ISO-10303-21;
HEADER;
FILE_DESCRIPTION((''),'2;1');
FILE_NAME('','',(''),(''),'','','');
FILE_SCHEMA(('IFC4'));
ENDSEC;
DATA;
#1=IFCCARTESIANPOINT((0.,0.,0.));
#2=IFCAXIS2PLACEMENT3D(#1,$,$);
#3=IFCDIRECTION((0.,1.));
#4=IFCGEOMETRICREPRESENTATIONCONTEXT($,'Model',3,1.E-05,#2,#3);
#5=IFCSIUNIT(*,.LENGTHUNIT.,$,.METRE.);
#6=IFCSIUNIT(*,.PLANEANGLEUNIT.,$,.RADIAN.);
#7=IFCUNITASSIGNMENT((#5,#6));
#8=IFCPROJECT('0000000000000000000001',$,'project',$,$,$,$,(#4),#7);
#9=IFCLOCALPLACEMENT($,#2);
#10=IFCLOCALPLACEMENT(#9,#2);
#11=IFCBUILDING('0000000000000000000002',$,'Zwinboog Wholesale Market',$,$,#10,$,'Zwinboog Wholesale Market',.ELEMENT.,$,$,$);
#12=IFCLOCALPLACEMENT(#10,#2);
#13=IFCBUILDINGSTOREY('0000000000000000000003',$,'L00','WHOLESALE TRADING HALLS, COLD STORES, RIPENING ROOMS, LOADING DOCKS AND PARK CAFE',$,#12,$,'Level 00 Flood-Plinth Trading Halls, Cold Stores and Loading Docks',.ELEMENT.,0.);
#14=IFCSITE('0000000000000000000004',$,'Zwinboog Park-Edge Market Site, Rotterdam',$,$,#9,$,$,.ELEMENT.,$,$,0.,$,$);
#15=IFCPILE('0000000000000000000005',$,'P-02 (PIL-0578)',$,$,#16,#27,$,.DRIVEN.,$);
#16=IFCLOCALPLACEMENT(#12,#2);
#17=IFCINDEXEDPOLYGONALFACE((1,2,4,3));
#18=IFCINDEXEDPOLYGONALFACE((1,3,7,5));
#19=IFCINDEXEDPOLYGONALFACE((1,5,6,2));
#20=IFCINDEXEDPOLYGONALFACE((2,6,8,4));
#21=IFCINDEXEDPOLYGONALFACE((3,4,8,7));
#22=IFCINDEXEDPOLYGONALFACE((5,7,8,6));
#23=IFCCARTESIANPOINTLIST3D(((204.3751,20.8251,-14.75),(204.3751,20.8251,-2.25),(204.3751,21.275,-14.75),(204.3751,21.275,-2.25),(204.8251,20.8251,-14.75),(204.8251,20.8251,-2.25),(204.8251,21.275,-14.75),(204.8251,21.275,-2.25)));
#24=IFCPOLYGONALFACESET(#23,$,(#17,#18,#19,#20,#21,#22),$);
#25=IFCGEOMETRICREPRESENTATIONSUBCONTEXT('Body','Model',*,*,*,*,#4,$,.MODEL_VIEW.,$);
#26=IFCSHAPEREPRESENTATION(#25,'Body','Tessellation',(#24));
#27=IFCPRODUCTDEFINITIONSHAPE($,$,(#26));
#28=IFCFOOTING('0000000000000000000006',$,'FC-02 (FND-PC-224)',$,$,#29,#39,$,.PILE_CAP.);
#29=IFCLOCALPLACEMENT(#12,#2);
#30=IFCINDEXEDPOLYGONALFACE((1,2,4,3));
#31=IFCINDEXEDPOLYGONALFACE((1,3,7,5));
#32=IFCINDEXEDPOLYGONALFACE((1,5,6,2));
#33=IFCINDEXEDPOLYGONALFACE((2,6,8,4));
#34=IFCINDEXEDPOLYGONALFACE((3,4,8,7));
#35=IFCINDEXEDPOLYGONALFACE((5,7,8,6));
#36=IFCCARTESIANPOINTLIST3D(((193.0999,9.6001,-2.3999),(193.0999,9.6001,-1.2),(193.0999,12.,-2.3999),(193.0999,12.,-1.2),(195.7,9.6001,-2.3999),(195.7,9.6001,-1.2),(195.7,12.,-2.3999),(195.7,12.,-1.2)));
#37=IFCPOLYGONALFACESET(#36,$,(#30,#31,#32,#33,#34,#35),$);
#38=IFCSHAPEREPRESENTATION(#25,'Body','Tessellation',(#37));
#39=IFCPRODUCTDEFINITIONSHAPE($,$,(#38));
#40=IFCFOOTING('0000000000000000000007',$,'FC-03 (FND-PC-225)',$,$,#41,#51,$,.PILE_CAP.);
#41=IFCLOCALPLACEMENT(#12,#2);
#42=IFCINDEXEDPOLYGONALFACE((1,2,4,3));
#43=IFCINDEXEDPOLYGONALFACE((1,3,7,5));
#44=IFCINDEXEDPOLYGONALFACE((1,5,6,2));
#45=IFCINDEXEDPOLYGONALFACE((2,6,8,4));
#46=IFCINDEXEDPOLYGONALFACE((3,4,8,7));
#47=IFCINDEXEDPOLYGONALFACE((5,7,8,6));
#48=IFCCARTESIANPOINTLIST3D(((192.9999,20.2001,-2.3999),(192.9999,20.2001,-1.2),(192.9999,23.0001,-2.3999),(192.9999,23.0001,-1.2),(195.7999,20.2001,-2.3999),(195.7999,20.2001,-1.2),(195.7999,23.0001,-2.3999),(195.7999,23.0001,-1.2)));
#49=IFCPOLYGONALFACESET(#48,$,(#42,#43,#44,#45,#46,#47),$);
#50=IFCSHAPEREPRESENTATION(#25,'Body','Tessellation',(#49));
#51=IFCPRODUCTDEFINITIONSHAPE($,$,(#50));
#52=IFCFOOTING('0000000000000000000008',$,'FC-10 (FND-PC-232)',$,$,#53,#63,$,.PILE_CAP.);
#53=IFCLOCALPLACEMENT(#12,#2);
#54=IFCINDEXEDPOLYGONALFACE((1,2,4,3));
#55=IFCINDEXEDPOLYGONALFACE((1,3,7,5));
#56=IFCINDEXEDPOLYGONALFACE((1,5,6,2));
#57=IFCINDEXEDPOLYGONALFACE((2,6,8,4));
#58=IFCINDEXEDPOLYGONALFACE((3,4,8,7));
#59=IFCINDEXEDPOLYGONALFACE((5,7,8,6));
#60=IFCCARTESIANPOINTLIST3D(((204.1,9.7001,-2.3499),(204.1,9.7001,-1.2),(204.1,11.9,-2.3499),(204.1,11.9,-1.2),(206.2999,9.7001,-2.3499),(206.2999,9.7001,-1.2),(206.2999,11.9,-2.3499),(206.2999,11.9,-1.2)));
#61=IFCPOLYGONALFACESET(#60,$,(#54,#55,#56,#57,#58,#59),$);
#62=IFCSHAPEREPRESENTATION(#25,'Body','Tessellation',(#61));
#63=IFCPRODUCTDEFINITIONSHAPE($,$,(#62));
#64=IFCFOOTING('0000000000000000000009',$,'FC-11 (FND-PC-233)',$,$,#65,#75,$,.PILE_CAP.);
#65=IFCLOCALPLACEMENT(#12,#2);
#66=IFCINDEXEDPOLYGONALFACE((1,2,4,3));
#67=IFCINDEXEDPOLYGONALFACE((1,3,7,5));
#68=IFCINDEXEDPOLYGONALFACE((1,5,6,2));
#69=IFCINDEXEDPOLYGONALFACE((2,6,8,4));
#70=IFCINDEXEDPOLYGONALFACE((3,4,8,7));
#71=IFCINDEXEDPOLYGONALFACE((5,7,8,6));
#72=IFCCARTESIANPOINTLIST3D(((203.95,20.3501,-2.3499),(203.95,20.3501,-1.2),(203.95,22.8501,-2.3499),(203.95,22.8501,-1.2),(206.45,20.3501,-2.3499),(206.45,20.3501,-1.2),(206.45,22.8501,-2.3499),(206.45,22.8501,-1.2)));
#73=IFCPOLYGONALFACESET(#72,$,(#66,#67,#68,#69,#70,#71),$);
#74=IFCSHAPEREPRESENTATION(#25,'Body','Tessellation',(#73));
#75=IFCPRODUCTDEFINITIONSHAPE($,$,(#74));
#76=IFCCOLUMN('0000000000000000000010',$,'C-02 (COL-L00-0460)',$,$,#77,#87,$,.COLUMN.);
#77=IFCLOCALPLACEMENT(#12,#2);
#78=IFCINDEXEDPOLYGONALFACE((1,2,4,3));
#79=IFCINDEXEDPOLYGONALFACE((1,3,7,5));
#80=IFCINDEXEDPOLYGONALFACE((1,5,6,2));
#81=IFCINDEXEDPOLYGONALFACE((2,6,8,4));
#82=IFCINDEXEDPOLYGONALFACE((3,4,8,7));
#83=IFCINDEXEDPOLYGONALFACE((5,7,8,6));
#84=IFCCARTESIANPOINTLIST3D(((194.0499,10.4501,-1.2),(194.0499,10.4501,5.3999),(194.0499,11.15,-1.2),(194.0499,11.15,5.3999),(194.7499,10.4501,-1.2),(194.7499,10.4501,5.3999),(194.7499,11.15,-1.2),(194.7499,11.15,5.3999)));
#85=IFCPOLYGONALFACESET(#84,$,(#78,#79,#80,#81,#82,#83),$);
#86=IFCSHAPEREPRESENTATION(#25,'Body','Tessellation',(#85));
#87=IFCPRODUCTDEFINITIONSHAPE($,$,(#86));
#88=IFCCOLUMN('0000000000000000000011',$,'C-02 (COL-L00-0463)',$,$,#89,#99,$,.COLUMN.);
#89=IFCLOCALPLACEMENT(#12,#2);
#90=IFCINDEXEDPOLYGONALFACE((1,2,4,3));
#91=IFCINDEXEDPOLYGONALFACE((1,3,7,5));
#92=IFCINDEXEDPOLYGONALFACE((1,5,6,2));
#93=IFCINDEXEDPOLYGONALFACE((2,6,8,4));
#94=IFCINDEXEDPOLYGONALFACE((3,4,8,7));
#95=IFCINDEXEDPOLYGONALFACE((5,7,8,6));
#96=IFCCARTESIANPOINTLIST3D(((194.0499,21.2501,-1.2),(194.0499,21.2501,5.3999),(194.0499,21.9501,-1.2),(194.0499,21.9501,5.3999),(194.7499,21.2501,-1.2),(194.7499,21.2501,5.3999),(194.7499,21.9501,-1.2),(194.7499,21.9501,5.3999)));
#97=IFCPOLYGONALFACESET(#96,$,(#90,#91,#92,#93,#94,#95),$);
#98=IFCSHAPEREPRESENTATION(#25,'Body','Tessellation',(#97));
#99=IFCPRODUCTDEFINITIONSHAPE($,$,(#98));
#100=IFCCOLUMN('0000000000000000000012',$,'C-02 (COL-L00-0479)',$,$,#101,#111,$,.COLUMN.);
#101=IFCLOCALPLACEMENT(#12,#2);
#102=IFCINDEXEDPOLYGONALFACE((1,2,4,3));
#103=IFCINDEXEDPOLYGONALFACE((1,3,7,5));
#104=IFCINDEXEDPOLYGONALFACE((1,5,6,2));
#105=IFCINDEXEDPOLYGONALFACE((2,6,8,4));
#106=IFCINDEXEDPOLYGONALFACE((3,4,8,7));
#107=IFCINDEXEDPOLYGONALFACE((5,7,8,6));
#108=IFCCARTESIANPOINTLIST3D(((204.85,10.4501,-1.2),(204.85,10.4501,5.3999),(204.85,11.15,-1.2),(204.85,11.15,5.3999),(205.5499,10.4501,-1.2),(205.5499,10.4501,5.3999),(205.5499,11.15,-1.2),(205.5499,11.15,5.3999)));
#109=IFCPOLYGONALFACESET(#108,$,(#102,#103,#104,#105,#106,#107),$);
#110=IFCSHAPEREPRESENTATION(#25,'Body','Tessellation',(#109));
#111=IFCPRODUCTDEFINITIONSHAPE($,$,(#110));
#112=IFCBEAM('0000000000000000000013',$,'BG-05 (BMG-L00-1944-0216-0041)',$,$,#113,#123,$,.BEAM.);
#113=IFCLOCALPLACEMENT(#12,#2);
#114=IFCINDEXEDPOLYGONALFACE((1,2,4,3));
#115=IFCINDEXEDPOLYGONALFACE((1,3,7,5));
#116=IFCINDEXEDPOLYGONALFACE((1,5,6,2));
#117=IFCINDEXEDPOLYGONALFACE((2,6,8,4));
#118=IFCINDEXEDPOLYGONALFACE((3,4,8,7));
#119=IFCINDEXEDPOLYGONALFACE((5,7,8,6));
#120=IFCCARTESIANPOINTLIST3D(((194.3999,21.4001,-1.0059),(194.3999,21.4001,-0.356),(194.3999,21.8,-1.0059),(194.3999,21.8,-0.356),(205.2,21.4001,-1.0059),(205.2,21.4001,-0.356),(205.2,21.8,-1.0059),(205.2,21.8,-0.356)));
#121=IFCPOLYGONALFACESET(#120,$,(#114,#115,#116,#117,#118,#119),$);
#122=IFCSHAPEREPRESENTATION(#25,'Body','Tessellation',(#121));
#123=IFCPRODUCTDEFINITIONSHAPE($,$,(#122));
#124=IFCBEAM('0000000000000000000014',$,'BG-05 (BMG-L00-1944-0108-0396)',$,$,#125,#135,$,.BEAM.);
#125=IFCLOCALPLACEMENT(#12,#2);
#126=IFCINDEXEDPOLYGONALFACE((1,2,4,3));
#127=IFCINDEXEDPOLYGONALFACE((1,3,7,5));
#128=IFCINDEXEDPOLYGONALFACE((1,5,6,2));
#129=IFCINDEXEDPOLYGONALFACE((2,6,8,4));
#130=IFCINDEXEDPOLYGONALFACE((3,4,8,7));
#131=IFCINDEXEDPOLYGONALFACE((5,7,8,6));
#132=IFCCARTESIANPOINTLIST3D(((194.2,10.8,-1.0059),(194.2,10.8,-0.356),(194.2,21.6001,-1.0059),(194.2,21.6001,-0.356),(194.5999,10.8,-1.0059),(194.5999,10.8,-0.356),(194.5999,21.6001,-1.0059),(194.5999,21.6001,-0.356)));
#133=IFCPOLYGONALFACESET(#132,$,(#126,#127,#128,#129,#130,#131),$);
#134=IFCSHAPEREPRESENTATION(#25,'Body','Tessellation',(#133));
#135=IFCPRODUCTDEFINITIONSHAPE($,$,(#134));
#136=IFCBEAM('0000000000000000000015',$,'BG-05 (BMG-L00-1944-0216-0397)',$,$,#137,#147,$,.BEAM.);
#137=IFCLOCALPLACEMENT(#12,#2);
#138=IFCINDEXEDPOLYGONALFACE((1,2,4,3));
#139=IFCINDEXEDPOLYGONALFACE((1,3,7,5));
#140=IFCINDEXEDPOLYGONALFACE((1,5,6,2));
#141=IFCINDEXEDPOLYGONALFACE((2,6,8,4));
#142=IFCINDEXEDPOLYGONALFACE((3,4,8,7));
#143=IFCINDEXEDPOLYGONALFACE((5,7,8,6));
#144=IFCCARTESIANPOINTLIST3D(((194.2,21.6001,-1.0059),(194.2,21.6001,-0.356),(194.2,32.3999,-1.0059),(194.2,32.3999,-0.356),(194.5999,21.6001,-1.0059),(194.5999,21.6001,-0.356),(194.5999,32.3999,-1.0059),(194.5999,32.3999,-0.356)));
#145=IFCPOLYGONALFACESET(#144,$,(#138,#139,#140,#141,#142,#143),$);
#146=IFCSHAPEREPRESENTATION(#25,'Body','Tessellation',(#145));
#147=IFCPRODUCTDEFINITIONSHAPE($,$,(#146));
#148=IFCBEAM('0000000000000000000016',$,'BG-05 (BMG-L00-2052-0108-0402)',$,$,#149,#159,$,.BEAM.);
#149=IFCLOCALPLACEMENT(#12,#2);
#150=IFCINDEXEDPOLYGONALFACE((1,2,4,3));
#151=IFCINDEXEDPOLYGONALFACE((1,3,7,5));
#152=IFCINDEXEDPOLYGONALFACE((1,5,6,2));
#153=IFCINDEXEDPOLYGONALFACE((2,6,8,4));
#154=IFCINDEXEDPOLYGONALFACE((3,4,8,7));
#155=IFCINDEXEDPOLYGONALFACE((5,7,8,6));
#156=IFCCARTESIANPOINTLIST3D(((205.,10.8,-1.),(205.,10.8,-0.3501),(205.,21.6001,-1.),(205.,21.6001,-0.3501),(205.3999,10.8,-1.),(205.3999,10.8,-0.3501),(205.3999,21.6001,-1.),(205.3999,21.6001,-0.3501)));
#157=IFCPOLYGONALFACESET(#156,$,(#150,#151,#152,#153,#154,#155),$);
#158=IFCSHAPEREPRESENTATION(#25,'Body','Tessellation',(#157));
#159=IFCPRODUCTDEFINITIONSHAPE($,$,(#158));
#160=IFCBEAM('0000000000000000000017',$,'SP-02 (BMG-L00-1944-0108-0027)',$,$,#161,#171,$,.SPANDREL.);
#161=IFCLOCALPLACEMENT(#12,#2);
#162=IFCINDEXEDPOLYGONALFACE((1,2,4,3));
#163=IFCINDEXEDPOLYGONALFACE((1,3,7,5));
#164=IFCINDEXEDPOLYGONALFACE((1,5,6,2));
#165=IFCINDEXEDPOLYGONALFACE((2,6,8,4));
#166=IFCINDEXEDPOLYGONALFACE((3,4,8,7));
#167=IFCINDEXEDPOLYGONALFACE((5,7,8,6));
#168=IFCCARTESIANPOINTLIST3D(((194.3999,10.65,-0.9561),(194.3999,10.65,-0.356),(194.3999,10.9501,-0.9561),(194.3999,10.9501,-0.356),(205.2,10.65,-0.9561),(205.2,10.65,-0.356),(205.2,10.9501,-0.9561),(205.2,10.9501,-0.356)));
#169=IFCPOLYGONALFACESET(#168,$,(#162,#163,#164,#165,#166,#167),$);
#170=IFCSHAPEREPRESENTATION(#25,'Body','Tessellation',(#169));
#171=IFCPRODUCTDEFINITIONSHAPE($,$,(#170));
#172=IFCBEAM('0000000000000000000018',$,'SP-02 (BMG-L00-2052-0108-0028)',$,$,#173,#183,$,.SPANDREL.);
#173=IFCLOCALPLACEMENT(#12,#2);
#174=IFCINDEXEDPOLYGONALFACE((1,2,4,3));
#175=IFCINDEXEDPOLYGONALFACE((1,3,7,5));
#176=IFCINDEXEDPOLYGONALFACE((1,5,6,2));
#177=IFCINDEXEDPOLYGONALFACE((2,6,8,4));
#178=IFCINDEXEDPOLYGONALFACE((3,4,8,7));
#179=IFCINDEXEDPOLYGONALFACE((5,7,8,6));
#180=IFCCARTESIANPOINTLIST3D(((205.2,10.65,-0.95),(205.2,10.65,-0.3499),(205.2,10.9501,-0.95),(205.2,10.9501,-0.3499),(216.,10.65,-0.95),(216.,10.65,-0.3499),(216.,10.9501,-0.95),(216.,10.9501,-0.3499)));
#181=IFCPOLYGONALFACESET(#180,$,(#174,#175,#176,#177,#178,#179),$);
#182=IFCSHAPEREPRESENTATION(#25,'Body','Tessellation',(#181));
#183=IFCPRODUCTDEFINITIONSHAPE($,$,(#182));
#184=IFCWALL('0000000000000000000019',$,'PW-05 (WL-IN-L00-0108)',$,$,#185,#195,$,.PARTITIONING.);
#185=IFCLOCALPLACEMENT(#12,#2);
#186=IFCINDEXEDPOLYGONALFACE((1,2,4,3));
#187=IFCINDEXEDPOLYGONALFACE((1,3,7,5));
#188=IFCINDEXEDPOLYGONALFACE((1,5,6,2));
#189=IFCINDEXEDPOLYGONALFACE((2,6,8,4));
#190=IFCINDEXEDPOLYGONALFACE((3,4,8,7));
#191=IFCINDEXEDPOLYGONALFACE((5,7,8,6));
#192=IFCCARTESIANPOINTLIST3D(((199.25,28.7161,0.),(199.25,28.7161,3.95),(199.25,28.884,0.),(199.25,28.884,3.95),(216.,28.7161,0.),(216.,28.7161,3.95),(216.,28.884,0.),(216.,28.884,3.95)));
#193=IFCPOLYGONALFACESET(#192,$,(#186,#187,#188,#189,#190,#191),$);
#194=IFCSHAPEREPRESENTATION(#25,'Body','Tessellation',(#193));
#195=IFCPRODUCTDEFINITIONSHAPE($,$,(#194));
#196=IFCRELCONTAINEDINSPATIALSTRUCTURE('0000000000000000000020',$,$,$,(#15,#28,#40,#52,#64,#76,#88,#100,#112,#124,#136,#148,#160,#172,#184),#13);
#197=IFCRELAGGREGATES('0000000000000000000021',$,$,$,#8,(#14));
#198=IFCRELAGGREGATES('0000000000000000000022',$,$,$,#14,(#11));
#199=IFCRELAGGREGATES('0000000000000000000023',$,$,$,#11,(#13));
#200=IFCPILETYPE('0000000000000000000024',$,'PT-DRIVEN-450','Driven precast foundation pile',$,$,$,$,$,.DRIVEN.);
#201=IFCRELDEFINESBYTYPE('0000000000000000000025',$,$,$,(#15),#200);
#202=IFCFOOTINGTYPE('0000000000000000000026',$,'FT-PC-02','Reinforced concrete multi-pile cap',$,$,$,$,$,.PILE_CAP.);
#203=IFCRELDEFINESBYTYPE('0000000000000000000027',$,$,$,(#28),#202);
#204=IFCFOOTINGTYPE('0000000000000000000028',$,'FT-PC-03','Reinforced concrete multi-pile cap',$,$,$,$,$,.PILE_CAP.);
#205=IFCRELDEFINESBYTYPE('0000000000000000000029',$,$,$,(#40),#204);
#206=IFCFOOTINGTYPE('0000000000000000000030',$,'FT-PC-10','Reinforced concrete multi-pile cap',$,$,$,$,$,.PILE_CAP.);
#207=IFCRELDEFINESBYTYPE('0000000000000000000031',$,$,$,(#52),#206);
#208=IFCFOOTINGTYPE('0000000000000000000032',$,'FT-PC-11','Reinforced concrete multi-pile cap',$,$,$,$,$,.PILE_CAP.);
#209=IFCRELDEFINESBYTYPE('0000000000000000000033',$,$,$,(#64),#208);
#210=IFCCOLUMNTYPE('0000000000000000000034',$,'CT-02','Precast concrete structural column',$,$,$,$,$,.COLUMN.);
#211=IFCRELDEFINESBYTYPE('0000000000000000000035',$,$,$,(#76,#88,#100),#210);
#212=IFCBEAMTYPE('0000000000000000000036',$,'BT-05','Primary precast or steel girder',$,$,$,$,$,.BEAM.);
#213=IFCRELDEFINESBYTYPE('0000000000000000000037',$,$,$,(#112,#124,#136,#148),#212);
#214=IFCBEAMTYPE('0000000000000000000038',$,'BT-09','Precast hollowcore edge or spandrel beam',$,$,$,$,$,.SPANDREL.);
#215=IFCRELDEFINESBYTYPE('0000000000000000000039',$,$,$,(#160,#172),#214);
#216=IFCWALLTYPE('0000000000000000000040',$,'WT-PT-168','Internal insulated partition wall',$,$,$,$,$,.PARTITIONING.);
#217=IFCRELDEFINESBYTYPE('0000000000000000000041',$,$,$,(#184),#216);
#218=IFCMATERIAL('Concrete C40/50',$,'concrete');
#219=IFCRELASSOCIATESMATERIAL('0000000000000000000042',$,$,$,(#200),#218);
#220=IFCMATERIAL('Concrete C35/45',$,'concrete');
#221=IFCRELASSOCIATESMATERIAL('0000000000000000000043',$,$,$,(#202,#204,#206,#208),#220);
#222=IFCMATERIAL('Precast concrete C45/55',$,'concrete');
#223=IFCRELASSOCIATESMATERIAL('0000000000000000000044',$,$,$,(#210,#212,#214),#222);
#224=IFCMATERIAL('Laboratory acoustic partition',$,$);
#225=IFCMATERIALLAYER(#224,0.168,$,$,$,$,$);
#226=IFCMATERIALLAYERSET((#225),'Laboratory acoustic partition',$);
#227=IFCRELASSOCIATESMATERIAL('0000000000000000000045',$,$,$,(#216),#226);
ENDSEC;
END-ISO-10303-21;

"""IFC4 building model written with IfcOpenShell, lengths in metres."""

from ifc_helpers import new_model, si_unit, direction, frame, frame_2d, origin, origin_2d, place, context, subcontext, project, spatial, rectangle, extrude, material, layer, layer_set, material_profile, profile_set, type_object, element, save


model = new_model("IFC4")

# Units and contexts
model_context = context("Model", 3, precision=1e-05, world=origin(), true_north=direction((0.0, 1.0)))
body_context = subcontext(model_context, "Body", "Model", "MODEL_VIEW")
ifc_project = project(units=[si_unit("LENGTHUNIT", "METRE"), si_unit("PLANEANGLEUNIT", "RADIAN")], contexts=[model_context])

# Site, building, storey
site_placement = place(None, origin())
site = spatial("IfcSite", under=ifc_project, at=site_placement, Name="Zwinboog Park-Edge Market Site, Rotterdam", CompositionType="ELEMENT", RefElevation=0.0)
building_placement = place(site_placement, origin())
building = spatial("IfcBuilding", under=site, at=building_placement, Name="Zwinboog Wholesale Market", LongName="Zwinboog Wholesale Market", CompositionType="ELEMENT")
storey_placement = place(building_placement, origin())
storey = spatial("IfcBuildingStorey", under=building, at=storey_placement, Name="L00", Description="WHOLESALE TRADING HALLS, COLD STORES, RIPENING ROOMS, LOADING DOCKS AND PARK CAFE", LongName="Level 00 Flood-Plinth Trading Halls, Cold Stores and Loading Docks", CompositionType="ELEMENT", Elevation=0.0)

# Pile
ifc_material_1 = material(Name="Concrete C40/50", Category="concrete")
ifc_material_profile_1 = material_profile(ifc_material_1, rectangle(XDim=0.45, YDim=0.45, at=origin_2d()), Name="PILE SQ450")
ifc_profile_set_1 = profile_set([ifc_material_profile_1], Name="Concrete C40/50")
pile_type_1 = type_object("IfcPileType", Name="PT-DRIVEN-450", Description="Driven precast foundation pile", PredefinedType="DRIVEN", material=ifc_profile_set_1)
for number, where, z_axis, x_axis, name in (
    (1, (204.6001, 21.05, -2.25), (0.0, 0.0, -1.0), (1.0, 0.0, 0.0), "P-02 (PIL-0578)"),
):
    element("IfcPile", number, at=place(storey_placement, frame(where, z_axis=z_axis, x_axis=x_axis)), inside=storey, type_object=pile_type_1, Name=name, PredefinedType="DRIVEN", context=body_context, shape_type="SweptSolid", body=[
        extrude(rectangle(XDim=0.45, YDim=0.45, at=origin_2d()), origin(), (0.0, 0.0, 1.0), 12.5),
    ])

# Footings
ifc_material_2 = material(Name="Concrete C35/45", Category="concrete")
footing_type_1 = type_object("IfcFootingType", Name="FT-PC-02", Description="Reinforced concrete multi-pile cap", PredefinedType="PILE_CAP", material=ifc_material_2)
footing_1_placement = place(storey_placement, frame((194.3999, 10.8, -2.3999), z_axis=(0.0, 0.0, 1.0), x_axis=(1.0, 0.0, 0.0)))
element("IfcFooting", 2, at=footing_1_placement, inside=storey, type_object=footing_type_1, Name="FC-02 (FND-PC-224)", PredefinedType="PILE_CAP", context=body_context, shape_type="SweptSolid", body=[
    extrude(rectangle(XDim=2.6001, YDim=2.3999, at=origin_2d()), origin(), (0.0, 0.0, 1.0), 1.2),
])
footing_type_2 = type_object("IfcFootingType", Name="FT-PC-03", Description="Reinforced concrete multi-pile cap", PredefinedType="PILE_CAP", material=ifc_material_2)
footing_2_placement = place(storey_placement, frame((194.3999, 21.6001, -2.3999), z_axis=(0.0, 0.0, 1.0), x_axis=(1.0, 0.0, 0.0)))
element("IfcFooting", 3, at=footing_2_placement, inside=storey, type_object=footing_type_2, Name="FC-03 (FND-PC-225)", PredefinedType="PILE_CAP", context=body_context, shape_type="SweptSolid", body=[
    extrude(rectangle(XDim=2.8, YDim=2.8, at=origin_2d()), origin(), (0.0, 0.0, 1.0), 1.2),
])
footing_type_3 = type_object("IfcFootingType", Name="FT-PC-10", Description="Reinforced concrete multi-pile cap", PredefinedType="PILE_CAP", material=ifc_material_2)
footing_3_placement = place(storey_placement, frame((205.2, 10.8, -2.3499), z_axis=(0.0, 0.0, 1.0), x_axis=(1.0, 0.0, 0.0)))
element("IfcFooting", 4, at=footing_3_placement, inside=storey, type_object=footing_type_3, Name="FC-10 (FND-PC-232)", PredefinedType="PILE_CAP", context=body_context, shape_type="SweptSolid", body=[
    extrude(rectangle(XDim=2.2, YDim=2.2, at=origin_2d()), origin(), (0.0, 0.0, 1.0), 1.1499),
])
footing_type_4 = type_object("IfcFootingType", Name="FT-PC-11", Description="Reinforced concrete multi-pile cap", PredefinedType="PILE_CAP", material=ifc_material_2)
footing_4_placement = place(storey_placement, frame((205.2, 21.6001, -2.3499), z_axis=(0.0, 0.0, 1.0), x_axis=(1.0, 0.0, 0.0)))
element("IfcFooting", 5, at=footing_4_placement, inside=storey, type_object=footing_type_4, Name="FC-11 (FND-PC-233)", PredefinedType="PILE_CAP", context=body_context, shape_type="SweptSolid", body=[
    extrude(rectangle(XDim=2.5, YDim=2.5, at=origin_2d()), origin(), (0.0, 0.0, 1.0), 1.1499),
])

# Columns
ifc_material_3 = material(Name="Precast concrete C45/55", Category="concrete")
ifc_material_profile_2 = material_profile(ifc_material_3, rectangle(XDim=0.7, YDim=0.7, at=origin_2d()), Name="PC 700x700")
ifc_profile_set_2 = profile_set([ifc_material_profile_2], Name="Precast concrete C45/55")
column_type = type_object("IfcColumnType", Name="CT-02", Description="Precast concrete structural column", PredefinedType="COLUMN", material=ifc_profile_set_2)
for number, where, z_axis, x_axis, name in (
    (6, (194.3999, 10.8, -1.2), (0.0, 0.0, 1.0), (1.0, 0.0, 0.0), "C-02 (COL-L00-0460)"),
    (7, (194.3999, 21.6001, -1.2), (0.0, 0.0, 1.0), (1.0, 0.0, 0.0), "C-02 (COL-L00-0463)"),
    (8, (205.2, 10.8, -1.2), (0.0, 0.0, 1.0), (1.0, 0.0, 0.0), "C-02 (COL-L00-0479)"),
):
    element("IfcColumn", number, at=place(storey_placement, frame(where, z_axis=z_axis, x_axis=x_axis)), inside=storey, type_object=column_type, Name=name, PredefinedType="COLUMN", context=body_context, shape_type="SweptSolid", body=[
        extrude(rectangle(XDim=0.7, YDim=0.7, at=origin_2d()), origin(), (0.0, 0.0, 1.0), 6.5999),
    ])

# Beams
ifc_material_profile_3 = material_profile(ifc_material_3, rectangle(XDim=0.3999, YDim=0.6499, at=origin_2d()), Name="PC 400x650")
ifc_profile_set_3 = profile_set([ifc_material_profile_3], Name="Precast concrete C45/55")
beam_type_1 = type_object("IfcBeamType", Name="BT-05", Description="Primary precast or steel girder", PredefinedType="BEAM", material=ifc_profile_set_3)
for number, where, z_axis, x_axis, name in (
    (9, (194.3999, 21.6001, -0.6809), (1.0, 0.0, 0.0), (0.0, 1.0, 0.0), "BG-05 (BMG-L00-1944-0216-0041)"),
    (10, (194.3999, 10.8, -0.6809), (0.0, 1.0, 0.0), (-1.0, 0.0, 0.0), "BG-05 (BMG-L00-1944-0108-0396)"),
):
    element("IfcBeam", number, at=place(storey_placement, frame(where, z_axis=z_axis, x_axis=x_axis)), inside=storey, type_object=beam_type_1, Name=name, PredefinedType="BEAM", context=body_context, shape_type="SweptSolid", body=[
        extrude(rectangle(XDim=0.3999, YDim=0.6499, at=origin_2d()), origin(), (0.0, 0.0, 1.0), 10.8),
    ])
beam_1_placement = place(storey_placement, frame((194.3999, 21.6001, -0.6809), z_axis=(0.0, 1.0, 0.0), x_axis=(-1.0, 0.0, 0.0)))
element("IfcBeam", 11, at=beam_1_placement, inside=storey, type_object=beam_type_1, Name="BG-05 (BMG-L00-1944-0216-0397)", PredefinedType="BEAM", context=body_context, shape_type="SweptSolid", body=[
    extrude(rectangle(XDim=0.3999, YDim=0.6499, at=origin_2d()), origin(), (0.0, 0.0, 1.0), 10.7998),
])
beam_2_placement = place(storey_placement, frame((205.2, 10.8, -0.675), z_axis=(0.0, 1.0, 0.0), x_axis=(-1.0, 0.0, 0.0)))
element("IfcBeam", 12, at=beam_2_placement, inside=storey, type_object=beam_type_1, Name="BG-05 (BMG-L00-2052-0108-0402)", PredefinedType="BEAM", context=body_context, shape_type="SweptSolid", body=[
    extrude(rectangle(XDim=0.3999, YDim=0.6499, at=origin_2d()), origin(), (0.0, 0.0, 1.0), 10.8),
])
ifc_material_profile_4 = material_profile(ifc_material_3, rectangle(XDim=0.3, YDim=0.6001, at=origin_2d()), Name="PC 300x600")
ifc_profile_set_4 = profile_set([ifc_material_profile_4], Name="Precast concrete C45/55")
beam_type_2 = type_object("IfcBeamType", Name="BT-09", Description="Precast hollowcore edge or spandrel beam", PredefinedType="SPANDREL", material=ifc_profile_set_4)
for number, where, z_axis, x_axis, name in (
    (13, (194.3999, 10.8, -0.656), (1.0, 0.0, 0.0), (0.0, 1.0, 0.0), "SP-02 (BMG-L00-1944-0108-0027)"),
    (14, (205.2, 10.8, -0.6499), (1.0, 0.0, 0.0), (0.0, 1.0, 0.0), "SP-02 (BMG-L00-2052-0108-0028)"),
):
    element("IfcBeam", number, at=place(storey_placement, frame(where, z_axis=z_axis, x_axis=x_axis)), inside=storey, type_object=beam_type_2, Name=name, PredefinedType="SPANDREL", context=body_context, shape_type="SweptSolid", body=[
        extrude(rectangle(XDim=0.3, YDim=0.6001, at=origin_2d()), origin(), (0.0, 0.0, 1.0), 10.8),
    ])

# Wall
ifc_material_4 = material(Name="Laboratory acoustic partition")
ifc_layer = layer(ifc_material_4, 0.168)
ifc_layer_set = layer_set([ifc_layer], Name="Laboratory acoustic partition")
wall_type = type_object("IfcWallType", Name="WT-PT-168", Description="Internal insulated partition wall", PredefinedType="PARTITIONING", material=ifc_layer_set)
wall_placement = place(storey_placement, frame((199.25, 28.8, 0.0), z_axis=(0.0, 0.0, 1.0), x_axis=(1.0, 0.0, 0.0)))
element("IfcWall", 15, at=wall_placement, inside=storey, type_object=wall_type, Name="PW-05 (WL-IN-L00-0108)", PredefinedType="PARTITIONING", context=body_context, shape_type="SweptSolid", body=[
    extrude(rectangle(XDim=16.75, YDim=0.168, at=frame_2d((8.375, 0.0))), origin(), (0.0, 0.0, 1.0), 3.95),
])

save(model, "model.ifc")
